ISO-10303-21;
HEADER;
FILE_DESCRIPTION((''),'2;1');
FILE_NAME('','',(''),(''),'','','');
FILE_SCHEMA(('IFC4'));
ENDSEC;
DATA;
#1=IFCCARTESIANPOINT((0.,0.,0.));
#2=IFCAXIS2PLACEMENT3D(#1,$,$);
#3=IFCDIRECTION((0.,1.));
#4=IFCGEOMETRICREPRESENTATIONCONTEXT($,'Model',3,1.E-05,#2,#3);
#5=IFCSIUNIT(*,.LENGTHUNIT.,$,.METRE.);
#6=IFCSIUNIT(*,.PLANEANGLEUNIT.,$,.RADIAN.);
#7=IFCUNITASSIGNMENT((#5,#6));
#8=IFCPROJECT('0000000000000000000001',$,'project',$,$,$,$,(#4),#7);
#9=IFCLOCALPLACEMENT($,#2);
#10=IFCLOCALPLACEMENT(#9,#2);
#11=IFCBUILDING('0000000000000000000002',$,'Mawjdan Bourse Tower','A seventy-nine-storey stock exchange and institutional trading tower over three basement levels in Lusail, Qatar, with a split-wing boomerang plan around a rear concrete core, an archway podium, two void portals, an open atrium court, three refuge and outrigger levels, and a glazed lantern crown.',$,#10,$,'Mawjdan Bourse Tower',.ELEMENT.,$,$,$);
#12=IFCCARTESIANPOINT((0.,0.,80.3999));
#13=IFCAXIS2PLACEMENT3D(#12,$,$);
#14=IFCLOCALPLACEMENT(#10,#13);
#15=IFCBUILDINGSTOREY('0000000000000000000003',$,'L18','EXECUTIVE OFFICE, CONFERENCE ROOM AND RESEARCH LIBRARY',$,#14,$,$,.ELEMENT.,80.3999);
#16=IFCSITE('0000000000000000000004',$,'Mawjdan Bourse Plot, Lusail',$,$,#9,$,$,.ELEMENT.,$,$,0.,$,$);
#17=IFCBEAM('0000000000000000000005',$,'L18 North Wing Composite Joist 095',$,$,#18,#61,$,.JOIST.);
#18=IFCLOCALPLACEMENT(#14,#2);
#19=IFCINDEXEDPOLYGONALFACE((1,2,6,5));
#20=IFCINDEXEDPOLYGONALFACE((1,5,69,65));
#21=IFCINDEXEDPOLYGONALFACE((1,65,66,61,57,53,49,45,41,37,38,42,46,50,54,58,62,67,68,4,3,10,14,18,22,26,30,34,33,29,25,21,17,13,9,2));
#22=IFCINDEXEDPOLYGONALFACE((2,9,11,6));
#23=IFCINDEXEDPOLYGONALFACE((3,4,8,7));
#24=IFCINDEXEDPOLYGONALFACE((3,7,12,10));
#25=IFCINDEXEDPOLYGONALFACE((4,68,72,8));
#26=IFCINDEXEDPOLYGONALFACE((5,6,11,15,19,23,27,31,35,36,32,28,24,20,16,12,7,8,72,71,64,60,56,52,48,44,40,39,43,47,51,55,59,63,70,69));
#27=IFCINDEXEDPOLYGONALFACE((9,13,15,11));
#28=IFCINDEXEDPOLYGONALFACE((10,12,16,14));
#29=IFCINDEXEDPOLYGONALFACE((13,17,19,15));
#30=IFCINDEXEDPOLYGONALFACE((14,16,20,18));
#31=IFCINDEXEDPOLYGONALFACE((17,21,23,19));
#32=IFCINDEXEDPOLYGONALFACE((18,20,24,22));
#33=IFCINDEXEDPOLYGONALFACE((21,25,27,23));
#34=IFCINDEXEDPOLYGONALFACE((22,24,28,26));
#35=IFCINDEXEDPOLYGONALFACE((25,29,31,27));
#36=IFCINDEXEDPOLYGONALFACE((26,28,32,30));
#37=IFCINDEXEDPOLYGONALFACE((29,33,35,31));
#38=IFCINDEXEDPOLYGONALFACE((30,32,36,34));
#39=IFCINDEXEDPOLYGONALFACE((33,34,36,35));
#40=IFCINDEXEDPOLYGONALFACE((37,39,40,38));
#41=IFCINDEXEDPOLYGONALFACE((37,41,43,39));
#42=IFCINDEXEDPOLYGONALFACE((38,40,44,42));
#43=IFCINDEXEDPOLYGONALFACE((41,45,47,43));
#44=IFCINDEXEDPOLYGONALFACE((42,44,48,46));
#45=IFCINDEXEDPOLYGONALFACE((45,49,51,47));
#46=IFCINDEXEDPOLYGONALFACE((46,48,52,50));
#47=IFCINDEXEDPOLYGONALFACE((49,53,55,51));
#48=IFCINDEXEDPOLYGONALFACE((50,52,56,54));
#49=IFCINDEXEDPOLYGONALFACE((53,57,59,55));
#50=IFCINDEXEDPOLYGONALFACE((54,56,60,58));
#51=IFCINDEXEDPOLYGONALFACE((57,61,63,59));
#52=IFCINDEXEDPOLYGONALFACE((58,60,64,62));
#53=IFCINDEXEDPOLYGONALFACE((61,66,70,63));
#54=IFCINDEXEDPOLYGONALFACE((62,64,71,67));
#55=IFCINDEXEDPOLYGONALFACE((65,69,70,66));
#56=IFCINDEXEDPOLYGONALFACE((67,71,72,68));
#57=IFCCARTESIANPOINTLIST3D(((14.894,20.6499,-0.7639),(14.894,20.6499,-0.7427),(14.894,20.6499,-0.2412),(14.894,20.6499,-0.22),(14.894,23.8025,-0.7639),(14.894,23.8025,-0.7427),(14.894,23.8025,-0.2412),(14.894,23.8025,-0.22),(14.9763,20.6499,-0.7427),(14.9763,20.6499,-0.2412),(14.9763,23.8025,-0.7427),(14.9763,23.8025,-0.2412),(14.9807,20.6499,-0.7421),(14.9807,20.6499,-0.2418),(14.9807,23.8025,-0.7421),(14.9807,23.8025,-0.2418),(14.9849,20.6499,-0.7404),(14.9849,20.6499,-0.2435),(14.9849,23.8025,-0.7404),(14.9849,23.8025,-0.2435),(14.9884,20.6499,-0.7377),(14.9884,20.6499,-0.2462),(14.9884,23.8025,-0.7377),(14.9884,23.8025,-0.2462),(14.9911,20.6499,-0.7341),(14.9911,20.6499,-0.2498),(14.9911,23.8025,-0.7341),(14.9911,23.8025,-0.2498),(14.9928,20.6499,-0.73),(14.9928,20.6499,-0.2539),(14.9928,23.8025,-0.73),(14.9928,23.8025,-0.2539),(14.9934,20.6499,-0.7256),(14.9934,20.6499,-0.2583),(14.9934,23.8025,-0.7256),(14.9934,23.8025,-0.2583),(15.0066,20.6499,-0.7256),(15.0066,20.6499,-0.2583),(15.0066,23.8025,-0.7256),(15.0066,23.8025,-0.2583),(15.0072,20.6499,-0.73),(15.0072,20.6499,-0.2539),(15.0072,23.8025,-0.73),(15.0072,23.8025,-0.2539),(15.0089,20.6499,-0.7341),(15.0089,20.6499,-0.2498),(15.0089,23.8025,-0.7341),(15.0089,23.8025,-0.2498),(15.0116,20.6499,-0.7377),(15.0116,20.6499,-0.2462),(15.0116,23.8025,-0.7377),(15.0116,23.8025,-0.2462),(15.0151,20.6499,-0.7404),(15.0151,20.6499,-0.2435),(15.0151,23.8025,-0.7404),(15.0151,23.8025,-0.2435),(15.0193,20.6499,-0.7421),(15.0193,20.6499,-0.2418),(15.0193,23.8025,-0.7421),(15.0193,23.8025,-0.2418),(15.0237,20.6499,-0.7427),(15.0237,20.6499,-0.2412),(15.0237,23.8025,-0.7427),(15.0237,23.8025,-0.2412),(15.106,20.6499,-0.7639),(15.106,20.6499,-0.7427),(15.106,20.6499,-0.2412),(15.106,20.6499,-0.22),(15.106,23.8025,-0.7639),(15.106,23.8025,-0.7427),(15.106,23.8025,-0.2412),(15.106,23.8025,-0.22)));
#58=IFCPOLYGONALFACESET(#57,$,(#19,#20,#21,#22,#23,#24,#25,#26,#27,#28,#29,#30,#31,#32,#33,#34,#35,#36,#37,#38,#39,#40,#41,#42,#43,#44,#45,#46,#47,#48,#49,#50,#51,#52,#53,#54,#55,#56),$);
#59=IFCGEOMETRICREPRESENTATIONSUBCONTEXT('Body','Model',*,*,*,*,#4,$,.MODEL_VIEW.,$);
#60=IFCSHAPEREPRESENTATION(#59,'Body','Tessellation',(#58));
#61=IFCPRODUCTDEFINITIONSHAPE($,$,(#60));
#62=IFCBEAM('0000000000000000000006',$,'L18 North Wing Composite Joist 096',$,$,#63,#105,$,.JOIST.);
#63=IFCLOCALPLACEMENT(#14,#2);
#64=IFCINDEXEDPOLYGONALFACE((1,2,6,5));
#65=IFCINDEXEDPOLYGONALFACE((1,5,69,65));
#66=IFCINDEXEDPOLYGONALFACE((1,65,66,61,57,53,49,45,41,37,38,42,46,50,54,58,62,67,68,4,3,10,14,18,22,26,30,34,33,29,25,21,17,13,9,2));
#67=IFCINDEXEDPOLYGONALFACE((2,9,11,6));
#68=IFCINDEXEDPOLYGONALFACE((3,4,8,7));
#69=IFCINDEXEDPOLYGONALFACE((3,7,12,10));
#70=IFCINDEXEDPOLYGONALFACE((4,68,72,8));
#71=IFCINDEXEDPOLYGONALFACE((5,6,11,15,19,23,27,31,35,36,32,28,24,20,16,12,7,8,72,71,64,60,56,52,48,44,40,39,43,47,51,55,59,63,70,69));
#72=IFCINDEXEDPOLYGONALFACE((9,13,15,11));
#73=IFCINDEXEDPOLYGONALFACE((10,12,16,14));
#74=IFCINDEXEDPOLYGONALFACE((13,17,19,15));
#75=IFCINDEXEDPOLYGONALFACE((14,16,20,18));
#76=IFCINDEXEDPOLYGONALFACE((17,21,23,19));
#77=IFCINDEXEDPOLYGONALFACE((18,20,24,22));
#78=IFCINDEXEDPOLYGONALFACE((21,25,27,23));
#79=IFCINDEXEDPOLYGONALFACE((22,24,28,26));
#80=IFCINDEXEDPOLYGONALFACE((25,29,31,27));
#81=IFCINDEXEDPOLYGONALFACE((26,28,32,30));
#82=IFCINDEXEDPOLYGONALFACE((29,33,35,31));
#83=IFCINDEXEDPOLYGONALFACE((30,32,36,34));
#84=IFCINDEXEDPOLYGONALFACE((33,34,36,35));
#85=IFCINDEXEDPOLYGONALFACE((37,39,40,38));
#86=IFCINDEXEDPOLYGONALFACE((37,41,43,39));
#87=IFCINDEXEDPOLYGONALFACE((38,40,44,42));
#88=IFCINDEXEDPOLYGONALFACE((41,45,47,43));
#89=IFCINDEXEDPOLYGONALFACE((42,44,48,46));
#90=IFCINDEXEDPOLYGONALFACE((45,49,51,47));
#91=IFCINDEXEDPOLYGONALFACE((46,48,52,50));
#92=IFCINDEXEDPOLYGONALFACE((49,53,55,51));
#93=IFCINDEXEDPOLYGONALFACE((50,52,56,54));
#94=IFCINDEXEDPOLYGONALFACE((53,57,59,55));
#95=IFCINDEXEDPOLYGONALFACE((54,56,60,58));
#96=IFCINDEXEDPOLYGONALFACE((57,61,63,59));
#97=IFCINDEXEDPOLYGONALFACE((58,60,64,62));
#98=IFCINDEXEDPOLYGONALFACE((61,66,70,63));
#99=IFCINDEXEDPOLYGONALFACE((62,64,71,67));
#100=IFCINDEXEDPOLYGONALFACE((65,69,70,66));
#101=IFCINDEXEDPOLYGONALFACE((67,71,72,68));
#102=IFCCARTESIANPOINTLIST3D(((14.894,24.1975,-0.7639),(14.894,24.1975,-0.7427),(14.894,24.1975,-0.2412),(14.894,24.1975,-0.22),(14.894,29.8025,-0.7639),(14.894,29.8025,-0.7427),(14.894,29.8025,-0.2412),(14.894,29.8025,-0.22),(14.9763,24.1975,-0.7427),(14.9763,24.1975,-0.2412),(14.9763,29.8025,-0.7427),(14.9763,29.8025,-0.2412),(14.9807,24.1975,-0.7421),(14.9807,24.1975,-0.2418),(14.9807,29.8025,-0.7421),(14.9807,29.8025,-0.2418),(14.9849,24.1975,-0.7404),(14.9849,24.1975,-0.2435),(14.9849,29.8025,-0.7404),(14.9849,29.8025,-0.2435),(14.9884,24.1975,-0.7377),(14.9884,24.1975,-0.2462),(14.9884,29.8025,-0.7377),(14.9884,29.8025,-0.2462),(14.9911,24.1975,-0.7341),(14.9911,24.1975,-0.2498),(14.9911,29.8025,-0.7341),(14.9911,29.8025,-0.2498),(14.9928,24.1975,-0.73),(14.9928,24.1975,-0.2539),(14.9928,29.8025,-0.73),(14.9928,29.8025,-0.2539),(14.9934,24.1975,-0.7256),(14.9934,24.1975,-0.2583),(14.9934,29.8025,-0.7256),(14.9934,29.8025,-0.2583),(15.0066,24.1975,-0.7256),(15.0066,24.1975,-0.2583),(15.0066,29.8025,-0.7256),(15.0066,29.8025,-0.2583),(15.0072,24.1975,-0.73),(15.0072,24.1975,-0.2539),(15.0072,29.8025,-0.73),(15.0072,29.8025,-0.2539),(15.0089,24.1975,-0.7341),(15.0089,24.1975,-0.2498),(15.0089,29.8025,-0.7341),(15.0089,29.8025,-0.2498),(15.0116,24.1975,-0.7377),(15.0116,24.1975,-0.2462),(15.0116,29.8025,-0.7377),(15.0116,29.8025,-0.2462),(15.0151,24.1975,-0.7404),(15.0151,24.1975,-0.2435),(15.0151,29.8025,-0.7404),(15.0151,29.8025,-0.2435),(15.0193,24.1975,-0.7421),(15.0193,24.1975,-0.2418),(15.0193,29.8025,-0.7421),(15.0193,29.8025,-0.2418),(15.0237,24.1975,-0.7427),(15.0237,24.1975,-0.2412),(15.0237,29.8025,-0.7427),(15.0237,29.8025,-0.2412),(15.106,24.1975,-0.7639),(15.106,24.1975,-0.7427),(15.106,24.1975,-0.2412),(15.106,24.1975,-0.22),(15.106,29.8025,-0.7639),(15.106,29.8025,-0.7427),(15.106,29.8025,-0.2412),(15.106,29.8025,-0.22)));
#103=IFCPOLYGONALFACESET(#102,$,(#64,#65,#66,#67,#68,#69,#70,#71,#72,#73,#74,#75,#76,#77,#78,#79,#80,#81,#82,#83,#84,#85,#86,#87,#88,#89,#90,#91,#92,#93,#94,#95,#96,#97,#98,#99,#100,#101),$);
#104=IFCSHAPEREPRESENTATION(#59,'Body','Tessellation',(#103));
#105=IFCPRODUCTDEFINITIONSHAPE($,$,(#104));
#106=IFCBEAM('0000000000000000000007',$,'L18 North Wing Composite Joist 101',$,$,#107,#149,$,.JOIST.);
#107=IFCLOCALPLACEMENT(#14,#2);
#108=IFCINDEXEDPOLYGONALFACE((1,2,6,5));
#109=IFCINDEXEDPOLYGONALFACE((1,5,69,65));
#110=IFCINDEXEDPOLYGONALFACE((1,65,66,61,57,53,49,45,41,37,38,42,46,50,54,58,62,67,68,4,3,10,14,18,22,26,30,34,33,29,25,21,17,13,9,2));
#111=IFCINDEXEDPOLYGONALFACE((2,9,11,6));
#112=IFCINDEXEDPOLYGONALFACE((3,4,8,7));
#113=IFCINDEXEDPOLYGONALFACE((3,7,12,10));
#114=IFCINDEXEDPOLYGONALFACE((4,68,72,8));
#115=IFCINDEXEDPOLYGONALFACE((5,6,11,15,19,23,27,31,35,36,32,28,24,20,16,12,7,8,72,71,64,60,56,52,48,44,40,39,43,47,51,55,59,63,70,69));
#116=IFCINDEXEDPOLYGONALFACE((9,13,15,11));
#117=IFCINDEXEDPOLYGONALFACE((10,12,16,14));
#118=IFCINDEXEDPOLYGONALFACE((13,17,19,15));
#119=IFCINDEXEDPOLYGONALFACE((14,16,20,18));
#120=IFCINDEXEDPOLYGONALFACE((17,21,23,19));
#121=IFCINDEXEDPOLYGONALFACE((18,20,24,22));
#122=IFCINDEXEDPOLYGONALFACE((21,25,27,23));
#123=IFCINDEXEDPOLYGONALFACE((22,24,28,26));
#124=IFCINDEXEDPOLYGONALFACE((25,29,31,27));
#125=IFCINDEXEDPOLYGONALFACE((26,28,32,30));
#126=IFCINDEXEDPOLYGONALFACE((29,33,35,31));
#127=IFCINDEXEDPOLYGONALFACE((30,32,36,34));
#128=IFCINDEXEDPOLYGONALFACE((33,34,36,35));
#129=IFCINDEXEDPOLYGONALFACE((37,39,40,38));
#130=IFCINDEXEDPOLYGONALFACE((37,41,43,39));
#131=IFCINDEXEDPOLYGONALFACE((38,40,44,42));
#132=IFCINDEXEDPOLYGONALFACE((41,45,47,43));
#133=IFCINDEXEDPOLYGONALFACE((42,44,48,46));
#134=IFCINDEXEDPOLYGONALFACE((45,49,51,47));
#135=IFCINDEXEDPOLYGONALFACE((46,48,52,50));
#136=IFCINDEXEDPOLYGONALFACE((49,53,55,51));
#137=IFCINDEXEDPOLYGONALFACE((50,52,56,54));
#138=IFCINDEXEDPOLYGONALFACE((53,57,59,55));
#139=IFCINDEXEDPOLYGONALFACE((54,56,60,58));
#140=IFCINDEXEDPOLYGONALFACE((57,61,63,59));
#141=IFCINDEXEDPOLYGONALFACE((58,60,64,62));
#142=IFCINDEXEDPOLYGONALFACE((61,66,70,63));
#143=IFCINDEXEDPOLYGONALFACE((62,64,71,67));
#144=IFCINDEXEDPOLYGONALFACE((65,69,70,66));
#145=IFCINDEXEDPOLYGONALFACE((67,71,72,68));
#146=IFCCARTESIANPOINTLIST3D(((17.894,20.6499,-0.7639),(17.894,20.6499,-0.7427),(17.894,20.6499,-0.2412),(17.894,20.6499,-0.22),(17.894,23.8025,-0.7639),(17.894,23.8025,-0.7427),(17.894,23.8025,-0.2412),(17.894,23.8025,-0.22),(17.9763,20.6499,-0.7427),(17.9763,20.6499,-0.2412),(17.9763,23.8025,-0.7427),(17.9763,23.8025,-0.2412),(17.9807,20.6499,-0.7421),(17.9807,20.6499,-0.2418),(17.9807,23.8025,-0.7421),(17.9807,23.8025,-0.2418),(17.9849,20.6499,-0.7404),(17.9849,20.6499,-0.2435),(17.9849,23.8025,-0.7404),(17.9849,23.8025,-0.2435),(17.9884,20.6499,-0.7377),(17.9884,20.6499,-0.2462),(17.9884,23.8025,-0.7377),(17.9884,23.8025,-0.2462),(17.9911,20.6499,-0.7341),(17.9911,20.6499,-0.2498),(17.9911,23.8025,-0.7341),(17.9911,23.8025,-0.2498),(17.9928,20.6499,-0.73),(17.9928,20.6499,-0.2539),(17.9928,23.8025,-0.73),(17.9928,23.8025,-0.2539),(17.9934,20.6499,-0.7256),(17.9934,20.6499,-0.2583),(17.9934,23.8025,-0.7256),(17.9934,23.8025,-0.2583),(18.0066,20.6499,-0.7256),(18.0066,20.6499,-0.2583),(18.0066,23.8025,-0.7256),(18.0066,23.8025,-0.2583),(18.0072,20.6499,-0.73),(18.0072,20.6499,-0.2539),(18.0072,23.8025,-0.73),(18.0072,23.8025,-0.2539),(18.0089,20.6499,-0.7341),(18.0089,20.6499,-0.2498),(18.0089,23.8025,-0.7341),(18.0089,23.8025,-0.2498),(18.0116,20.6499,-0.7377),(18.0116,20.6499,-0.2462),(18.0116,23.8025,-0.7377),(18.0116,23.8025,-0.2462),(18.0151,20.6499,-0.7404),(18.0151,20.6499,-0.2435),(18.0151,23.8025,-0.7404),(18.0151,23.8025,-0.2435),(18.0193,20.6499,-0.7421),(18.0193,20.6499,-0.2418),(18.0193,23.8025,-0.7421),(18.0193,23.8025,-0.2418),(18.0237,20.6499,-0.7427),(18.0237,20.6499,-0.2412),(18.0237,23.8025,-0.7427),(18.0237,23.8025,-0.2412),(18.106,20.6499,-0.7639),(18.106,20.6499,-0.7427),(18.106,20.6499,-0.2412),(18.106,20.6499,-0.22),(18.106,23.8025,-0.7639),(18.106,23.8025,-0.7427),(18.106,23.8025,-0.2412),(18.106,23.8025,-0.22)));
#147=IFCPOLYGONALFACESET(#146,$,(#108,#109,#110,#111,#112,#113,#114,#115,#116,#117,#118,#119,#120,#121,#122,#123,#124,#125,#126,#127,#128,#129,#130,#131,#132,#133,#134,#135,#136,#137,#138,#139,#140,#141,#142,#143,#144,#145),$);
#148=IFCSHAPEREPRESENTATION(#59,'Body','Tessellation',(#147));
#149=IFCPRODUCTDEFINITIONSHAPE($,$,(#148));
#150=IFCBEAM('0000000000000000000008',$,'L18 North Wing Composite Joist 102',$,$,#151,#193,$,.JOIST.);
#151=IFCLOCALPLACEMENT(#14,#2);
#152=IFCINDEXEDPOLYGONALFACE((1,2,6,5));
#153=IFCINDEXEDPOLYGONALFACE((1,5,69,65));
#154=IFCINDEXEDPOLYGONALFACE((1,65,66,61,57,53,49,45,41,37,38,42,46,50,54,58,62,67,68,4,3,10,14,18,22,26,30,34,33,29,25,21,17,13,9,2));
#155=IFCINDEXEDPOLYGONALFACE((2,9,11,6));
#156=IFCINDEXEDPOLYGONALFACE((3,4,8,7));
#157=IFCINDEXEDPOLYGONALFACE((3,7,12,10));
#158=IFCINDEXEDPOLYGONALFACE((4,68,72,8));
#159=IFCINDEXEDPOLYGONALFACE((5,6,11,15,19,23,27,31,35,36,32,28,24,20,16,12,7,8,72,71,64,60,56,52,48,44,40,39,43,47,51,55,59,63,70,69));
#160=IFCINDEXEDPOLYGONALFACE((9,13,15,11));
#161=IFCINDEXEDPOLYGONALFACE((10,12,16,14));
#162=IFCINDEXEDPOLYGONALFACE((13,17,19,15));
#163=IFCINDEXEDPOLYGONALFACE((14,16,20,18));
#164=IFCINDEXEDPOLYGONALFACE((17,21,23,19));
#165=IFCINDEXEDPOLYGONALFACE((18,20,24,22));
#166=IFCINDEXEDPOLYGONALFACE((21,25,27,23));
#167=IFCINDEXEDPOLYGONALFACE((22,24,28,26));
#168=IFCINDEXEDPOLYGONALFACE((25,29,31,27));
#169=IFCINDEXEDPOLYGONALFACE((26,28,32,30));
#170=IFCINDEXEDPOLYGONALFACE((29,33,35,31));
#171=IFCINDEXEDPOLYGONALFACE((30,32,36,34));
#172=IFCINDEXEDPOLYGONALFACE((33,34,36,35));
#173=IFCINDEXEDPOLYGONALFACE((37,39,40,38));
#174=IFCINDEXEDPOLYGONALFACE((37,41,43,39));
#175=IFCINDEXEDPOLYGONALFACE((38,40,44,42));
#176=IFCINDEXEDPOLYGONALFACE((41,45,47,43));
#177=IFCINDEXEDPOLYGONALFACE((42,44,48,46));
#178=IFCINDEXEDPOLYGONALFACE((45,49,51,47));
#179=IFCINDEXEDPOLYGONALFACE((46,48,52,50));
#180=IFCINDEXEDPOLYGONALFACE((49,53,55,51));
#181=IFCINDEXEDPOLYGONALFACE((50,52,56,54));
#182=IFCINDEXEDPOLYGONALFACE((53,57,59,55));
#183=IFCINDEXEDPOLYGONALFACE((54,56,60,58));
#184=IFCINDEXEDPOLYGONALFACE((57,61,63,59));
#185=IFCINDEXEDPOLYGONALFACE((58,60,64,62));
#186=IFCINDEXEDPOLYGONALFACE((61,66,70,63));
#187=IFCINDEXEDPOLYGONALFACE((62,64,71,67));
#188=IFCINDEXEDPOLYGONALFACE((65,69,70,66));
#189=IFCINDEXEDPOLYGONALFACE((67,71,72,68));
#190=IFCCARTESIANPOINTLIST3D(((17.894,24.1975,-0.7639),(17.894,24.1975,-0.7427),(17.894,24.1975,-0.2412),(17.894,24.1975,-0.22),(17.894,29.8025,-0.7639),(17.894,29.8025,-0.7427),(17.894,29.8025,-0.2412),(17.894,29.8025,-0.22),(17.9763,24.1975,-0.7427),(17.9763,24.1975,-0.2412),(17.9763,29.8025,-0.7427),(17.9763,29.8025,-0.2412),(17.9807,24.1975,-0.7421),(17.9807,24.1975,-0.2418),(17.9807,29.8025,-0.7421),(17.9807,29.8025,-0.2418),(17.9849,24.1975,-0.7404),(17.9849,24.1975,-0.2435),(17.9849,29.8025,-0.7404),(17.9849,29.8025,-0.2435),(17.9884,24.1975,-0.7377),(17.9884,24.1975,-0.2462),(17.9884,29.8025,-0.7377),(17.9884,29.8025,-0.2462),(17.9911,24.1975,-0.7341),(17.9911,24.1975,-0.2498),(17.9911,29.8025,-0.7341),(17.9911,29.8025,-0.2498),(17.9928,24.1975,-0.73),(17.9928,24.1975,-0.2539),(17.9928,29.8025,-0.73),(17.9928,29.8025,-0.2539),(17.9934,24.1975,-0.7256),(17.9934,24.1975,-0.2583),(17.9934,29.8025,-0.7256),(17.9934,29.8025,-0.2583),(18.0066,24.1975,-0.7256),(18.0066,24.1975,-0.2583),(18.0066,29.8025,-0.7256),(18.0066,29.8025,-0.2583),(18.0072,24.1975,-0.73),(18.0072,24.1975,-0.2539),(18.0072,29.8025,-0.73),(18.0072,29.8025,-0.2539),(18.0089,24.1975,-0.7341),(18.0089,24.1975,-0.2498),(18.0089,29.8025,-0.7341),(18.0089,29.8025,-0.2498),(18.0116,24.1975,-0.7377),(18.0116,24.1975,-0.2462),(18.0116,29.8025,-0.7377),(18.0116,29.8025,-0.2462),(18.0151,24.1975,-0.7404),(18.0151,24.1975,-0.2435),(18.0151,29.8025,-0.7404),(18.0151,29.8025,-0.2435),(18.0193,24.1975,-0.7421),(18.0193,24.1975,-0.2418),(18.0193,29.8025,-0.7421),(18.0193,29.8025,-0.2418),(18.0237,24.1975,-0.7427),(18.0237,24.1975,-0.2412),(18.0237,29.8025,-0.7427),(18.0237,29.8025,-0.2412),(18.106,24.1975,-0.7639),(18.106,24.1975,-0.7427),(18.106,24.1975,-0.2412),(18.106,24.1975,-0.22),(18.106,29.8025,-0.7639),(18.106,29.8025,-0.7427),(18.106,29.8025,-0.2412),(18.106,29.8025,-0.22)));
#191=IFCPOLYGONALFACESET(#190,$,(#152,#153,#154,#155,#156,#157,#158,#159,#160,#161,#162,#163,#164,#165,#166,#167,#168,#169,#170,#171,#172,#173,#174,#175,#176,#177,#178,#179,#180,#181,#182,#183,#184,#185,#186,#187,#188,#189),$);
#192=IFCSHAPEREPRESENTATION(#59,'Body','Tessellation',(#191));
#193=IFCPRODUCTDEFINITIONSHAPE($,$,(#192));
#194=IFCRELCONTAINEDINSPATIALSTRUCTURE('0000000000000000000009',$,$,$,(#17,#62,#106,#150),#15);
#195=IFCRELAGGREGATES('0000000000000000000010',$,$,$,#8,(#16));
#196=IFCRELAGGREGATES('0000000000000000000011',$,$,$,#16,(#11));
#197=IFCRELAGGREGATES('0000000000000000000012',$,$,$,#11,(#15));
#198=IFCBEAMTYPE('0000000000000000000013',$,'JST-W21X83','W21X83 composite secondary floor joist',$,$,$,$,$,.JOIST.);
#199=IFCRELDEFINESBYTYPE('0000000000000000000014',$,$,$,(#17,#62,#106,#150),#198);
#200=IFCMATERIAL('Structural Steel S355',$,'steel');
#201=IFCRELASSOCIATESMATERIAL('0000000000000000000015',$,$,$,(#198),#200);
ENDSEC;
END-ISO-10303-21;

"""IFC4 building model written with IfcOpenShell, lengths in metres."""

from ifc_helpers import new_model, si_unit, direction, frame, origin, origin_2d, place, context, subcontext, project, spatial, i_section, extrude, material, material_profile, profile_set, type_object, element, save


model = new_model("IFC4")

# Units and contexts
model_context = context("Model", 3, precision=1e-05, world=origin(), true_north=direction((0.0, 1.0)))
body_context = subcontext(model_context, "Body", "Model", "MODEL_VIEW")
ifc_project = project(units=[si_unit("LENGTHUNIT", "METRE"), si_unit("PLANEANGLEUNIT", "RADIAN")], contexts=[model_context])

# Site, building, storey
site_placement = place(None, origin())
site = spatial("IfcSite", under=ifc_project, at=site_placement, Name="Mawjdan Bourse Plot, Lusail", CompositionType="ELEMENT", RefElevation=0.0)
building_placement = place(site_placement, origin())
building = spatial("IfcBuilding", under=site, at=building_placement, Name="Mawjdan Bourse Tower", Description="A seventy-nine-storey stock exchange and institutional trading tower over three basement levels in Lusail, Qatar, with a split-wing boomerang plan around a rear concrete core, an archway podium, two void portals, an open atrium court, three refuge and outrigger levels, and a glazed lantern crown.", LongName="Mawjdan Bourse Tower", CompositionType="ELEMENT")
storey_placement = place(building_placement, frame((0.0, 0.0, 80.3999)))
storey = spatial("IfcBuildingStorey", under=building, at=storey_placement, Name="L18", Description="EXECUTIVE OFFICE, CONFERENCE ROOM AND RESEARCH LIBRARY", CompositionType="ELEMENT", Elevation=80.3999)

# Beams
ifc_material_1 = material(Name="Structural Steel S355", Category="steel")
ifc_material_profile_1 = material_profile(ifc_material_1, i_section(OverallWidth=0.2119, OverallDepth=0.5439, WebThickness=0.0132, FlangeThickness=0.0212, FilletRadius=0.0171, at=origin_2d()), Name="W21X83")
ifc_profile_set_1 = profile_set([ifc_material_profile_1], Name="Structural Steel S355")
beam_type_1 = type_object("IfcBeamType", Name="JST-W21X83", Description="W21X83 composite secondary floor joist", PredefinedType="JOIST", material=ifc_profile_set_1)
beam_1_placement = place(storey_placement, frame((15.0, 20.6499, -0.4919), z_axis=(0.0, 1.0, 0.0), x_axis=(-1.0, 0.0, 0.0)))
element("IfcBeam", 1, at=beam_1_placement, inside=storey, type_object=beam_type_1, Name="L18 North Wing Composite Joist 095", PredefinedType="JOIST", context=body_context, shape_type="SweptSolid", body=[
    extrude(i_section(OverallWidth=0.2119, OverallDepth=0.5439, WebThickness=0.0132, FlangeThickness=0.0212, FilletRadius=0.0171, at=origin_2d()), origin(), (0.0, 0.0, 1.0), 3.1526),
])
beam_2_placement = place(storey_placement, frame((15.0, 24.1975, -0.4919), z_axis=(0.0, 1.0, 0.0), x_axis=(-1.0, 0.0, 0.0)))
element("IfcBeam", 2, at=beam_2_placement, inside=storey, type_object=beam_type_1, Name="L18 North Wing Composite Joist 096", PredefinedType="JOIST", context=body_context, shape_type="SweptSolid", body=[
    extrude(i_section(OverallWidth=0.2119, OverallDepth=0.5439, WebThickness=0.0132, FlangeThickness=0.0212, FilletRadius=0.0171, at=origin_2d()), origin(), (0.0, 0.0, 1.0), 5.605),
])
beam_3_placement = place(storey_placement, frame((18.0, 20.6499, -0.4919), z_axis=(0.0, 1.0, 0.0), x_axis=(-1.0, 0.0, 0.0)))
element("IfcBeam", 3, at=beam_3_placement, inside=storey, type_object=beam_type_1, Name="L18 North Wing Composite Joist 101", PredefinedType="JOIST", context=body_context, shape_type="SweptSolid", body=[
    extrude(i_section(OverallWidth=0.2119, OverallDepth=0.5439, WebThickness=0.0132, FlangeThickness=0.0212, FilletRadius=0.0171, at=origin_2d()), origin(), (0.0, 0.0, 1.0), 3.1526),
])
beam_4_placement = place(storey_placement, frame((18.0, 24.1975, -0.4919), z_axis=(0.0, 1.0, 0.0), x_axis=(-1.0, 0.0, 0.0)))
element("IfcBeam", 4, at=beam_4_placement, inside=storey, type_object=beam_type_1, Name="L18 North Wing Composite Joist 102", PredefinedType="JOIST", context=body_context, shape_type="SweptSolid", body=[
    extrude(i_section(OverallWidth=0.2119, OverallDepth=0.5439, WebThickness=0.0132, FlangeThickness=0.0212, FilletRadius=0.0171, at=origin_2d()), origin(), (0.0, 0.0, 1.0), 5.605),
])

save(model, "model.ifc")
